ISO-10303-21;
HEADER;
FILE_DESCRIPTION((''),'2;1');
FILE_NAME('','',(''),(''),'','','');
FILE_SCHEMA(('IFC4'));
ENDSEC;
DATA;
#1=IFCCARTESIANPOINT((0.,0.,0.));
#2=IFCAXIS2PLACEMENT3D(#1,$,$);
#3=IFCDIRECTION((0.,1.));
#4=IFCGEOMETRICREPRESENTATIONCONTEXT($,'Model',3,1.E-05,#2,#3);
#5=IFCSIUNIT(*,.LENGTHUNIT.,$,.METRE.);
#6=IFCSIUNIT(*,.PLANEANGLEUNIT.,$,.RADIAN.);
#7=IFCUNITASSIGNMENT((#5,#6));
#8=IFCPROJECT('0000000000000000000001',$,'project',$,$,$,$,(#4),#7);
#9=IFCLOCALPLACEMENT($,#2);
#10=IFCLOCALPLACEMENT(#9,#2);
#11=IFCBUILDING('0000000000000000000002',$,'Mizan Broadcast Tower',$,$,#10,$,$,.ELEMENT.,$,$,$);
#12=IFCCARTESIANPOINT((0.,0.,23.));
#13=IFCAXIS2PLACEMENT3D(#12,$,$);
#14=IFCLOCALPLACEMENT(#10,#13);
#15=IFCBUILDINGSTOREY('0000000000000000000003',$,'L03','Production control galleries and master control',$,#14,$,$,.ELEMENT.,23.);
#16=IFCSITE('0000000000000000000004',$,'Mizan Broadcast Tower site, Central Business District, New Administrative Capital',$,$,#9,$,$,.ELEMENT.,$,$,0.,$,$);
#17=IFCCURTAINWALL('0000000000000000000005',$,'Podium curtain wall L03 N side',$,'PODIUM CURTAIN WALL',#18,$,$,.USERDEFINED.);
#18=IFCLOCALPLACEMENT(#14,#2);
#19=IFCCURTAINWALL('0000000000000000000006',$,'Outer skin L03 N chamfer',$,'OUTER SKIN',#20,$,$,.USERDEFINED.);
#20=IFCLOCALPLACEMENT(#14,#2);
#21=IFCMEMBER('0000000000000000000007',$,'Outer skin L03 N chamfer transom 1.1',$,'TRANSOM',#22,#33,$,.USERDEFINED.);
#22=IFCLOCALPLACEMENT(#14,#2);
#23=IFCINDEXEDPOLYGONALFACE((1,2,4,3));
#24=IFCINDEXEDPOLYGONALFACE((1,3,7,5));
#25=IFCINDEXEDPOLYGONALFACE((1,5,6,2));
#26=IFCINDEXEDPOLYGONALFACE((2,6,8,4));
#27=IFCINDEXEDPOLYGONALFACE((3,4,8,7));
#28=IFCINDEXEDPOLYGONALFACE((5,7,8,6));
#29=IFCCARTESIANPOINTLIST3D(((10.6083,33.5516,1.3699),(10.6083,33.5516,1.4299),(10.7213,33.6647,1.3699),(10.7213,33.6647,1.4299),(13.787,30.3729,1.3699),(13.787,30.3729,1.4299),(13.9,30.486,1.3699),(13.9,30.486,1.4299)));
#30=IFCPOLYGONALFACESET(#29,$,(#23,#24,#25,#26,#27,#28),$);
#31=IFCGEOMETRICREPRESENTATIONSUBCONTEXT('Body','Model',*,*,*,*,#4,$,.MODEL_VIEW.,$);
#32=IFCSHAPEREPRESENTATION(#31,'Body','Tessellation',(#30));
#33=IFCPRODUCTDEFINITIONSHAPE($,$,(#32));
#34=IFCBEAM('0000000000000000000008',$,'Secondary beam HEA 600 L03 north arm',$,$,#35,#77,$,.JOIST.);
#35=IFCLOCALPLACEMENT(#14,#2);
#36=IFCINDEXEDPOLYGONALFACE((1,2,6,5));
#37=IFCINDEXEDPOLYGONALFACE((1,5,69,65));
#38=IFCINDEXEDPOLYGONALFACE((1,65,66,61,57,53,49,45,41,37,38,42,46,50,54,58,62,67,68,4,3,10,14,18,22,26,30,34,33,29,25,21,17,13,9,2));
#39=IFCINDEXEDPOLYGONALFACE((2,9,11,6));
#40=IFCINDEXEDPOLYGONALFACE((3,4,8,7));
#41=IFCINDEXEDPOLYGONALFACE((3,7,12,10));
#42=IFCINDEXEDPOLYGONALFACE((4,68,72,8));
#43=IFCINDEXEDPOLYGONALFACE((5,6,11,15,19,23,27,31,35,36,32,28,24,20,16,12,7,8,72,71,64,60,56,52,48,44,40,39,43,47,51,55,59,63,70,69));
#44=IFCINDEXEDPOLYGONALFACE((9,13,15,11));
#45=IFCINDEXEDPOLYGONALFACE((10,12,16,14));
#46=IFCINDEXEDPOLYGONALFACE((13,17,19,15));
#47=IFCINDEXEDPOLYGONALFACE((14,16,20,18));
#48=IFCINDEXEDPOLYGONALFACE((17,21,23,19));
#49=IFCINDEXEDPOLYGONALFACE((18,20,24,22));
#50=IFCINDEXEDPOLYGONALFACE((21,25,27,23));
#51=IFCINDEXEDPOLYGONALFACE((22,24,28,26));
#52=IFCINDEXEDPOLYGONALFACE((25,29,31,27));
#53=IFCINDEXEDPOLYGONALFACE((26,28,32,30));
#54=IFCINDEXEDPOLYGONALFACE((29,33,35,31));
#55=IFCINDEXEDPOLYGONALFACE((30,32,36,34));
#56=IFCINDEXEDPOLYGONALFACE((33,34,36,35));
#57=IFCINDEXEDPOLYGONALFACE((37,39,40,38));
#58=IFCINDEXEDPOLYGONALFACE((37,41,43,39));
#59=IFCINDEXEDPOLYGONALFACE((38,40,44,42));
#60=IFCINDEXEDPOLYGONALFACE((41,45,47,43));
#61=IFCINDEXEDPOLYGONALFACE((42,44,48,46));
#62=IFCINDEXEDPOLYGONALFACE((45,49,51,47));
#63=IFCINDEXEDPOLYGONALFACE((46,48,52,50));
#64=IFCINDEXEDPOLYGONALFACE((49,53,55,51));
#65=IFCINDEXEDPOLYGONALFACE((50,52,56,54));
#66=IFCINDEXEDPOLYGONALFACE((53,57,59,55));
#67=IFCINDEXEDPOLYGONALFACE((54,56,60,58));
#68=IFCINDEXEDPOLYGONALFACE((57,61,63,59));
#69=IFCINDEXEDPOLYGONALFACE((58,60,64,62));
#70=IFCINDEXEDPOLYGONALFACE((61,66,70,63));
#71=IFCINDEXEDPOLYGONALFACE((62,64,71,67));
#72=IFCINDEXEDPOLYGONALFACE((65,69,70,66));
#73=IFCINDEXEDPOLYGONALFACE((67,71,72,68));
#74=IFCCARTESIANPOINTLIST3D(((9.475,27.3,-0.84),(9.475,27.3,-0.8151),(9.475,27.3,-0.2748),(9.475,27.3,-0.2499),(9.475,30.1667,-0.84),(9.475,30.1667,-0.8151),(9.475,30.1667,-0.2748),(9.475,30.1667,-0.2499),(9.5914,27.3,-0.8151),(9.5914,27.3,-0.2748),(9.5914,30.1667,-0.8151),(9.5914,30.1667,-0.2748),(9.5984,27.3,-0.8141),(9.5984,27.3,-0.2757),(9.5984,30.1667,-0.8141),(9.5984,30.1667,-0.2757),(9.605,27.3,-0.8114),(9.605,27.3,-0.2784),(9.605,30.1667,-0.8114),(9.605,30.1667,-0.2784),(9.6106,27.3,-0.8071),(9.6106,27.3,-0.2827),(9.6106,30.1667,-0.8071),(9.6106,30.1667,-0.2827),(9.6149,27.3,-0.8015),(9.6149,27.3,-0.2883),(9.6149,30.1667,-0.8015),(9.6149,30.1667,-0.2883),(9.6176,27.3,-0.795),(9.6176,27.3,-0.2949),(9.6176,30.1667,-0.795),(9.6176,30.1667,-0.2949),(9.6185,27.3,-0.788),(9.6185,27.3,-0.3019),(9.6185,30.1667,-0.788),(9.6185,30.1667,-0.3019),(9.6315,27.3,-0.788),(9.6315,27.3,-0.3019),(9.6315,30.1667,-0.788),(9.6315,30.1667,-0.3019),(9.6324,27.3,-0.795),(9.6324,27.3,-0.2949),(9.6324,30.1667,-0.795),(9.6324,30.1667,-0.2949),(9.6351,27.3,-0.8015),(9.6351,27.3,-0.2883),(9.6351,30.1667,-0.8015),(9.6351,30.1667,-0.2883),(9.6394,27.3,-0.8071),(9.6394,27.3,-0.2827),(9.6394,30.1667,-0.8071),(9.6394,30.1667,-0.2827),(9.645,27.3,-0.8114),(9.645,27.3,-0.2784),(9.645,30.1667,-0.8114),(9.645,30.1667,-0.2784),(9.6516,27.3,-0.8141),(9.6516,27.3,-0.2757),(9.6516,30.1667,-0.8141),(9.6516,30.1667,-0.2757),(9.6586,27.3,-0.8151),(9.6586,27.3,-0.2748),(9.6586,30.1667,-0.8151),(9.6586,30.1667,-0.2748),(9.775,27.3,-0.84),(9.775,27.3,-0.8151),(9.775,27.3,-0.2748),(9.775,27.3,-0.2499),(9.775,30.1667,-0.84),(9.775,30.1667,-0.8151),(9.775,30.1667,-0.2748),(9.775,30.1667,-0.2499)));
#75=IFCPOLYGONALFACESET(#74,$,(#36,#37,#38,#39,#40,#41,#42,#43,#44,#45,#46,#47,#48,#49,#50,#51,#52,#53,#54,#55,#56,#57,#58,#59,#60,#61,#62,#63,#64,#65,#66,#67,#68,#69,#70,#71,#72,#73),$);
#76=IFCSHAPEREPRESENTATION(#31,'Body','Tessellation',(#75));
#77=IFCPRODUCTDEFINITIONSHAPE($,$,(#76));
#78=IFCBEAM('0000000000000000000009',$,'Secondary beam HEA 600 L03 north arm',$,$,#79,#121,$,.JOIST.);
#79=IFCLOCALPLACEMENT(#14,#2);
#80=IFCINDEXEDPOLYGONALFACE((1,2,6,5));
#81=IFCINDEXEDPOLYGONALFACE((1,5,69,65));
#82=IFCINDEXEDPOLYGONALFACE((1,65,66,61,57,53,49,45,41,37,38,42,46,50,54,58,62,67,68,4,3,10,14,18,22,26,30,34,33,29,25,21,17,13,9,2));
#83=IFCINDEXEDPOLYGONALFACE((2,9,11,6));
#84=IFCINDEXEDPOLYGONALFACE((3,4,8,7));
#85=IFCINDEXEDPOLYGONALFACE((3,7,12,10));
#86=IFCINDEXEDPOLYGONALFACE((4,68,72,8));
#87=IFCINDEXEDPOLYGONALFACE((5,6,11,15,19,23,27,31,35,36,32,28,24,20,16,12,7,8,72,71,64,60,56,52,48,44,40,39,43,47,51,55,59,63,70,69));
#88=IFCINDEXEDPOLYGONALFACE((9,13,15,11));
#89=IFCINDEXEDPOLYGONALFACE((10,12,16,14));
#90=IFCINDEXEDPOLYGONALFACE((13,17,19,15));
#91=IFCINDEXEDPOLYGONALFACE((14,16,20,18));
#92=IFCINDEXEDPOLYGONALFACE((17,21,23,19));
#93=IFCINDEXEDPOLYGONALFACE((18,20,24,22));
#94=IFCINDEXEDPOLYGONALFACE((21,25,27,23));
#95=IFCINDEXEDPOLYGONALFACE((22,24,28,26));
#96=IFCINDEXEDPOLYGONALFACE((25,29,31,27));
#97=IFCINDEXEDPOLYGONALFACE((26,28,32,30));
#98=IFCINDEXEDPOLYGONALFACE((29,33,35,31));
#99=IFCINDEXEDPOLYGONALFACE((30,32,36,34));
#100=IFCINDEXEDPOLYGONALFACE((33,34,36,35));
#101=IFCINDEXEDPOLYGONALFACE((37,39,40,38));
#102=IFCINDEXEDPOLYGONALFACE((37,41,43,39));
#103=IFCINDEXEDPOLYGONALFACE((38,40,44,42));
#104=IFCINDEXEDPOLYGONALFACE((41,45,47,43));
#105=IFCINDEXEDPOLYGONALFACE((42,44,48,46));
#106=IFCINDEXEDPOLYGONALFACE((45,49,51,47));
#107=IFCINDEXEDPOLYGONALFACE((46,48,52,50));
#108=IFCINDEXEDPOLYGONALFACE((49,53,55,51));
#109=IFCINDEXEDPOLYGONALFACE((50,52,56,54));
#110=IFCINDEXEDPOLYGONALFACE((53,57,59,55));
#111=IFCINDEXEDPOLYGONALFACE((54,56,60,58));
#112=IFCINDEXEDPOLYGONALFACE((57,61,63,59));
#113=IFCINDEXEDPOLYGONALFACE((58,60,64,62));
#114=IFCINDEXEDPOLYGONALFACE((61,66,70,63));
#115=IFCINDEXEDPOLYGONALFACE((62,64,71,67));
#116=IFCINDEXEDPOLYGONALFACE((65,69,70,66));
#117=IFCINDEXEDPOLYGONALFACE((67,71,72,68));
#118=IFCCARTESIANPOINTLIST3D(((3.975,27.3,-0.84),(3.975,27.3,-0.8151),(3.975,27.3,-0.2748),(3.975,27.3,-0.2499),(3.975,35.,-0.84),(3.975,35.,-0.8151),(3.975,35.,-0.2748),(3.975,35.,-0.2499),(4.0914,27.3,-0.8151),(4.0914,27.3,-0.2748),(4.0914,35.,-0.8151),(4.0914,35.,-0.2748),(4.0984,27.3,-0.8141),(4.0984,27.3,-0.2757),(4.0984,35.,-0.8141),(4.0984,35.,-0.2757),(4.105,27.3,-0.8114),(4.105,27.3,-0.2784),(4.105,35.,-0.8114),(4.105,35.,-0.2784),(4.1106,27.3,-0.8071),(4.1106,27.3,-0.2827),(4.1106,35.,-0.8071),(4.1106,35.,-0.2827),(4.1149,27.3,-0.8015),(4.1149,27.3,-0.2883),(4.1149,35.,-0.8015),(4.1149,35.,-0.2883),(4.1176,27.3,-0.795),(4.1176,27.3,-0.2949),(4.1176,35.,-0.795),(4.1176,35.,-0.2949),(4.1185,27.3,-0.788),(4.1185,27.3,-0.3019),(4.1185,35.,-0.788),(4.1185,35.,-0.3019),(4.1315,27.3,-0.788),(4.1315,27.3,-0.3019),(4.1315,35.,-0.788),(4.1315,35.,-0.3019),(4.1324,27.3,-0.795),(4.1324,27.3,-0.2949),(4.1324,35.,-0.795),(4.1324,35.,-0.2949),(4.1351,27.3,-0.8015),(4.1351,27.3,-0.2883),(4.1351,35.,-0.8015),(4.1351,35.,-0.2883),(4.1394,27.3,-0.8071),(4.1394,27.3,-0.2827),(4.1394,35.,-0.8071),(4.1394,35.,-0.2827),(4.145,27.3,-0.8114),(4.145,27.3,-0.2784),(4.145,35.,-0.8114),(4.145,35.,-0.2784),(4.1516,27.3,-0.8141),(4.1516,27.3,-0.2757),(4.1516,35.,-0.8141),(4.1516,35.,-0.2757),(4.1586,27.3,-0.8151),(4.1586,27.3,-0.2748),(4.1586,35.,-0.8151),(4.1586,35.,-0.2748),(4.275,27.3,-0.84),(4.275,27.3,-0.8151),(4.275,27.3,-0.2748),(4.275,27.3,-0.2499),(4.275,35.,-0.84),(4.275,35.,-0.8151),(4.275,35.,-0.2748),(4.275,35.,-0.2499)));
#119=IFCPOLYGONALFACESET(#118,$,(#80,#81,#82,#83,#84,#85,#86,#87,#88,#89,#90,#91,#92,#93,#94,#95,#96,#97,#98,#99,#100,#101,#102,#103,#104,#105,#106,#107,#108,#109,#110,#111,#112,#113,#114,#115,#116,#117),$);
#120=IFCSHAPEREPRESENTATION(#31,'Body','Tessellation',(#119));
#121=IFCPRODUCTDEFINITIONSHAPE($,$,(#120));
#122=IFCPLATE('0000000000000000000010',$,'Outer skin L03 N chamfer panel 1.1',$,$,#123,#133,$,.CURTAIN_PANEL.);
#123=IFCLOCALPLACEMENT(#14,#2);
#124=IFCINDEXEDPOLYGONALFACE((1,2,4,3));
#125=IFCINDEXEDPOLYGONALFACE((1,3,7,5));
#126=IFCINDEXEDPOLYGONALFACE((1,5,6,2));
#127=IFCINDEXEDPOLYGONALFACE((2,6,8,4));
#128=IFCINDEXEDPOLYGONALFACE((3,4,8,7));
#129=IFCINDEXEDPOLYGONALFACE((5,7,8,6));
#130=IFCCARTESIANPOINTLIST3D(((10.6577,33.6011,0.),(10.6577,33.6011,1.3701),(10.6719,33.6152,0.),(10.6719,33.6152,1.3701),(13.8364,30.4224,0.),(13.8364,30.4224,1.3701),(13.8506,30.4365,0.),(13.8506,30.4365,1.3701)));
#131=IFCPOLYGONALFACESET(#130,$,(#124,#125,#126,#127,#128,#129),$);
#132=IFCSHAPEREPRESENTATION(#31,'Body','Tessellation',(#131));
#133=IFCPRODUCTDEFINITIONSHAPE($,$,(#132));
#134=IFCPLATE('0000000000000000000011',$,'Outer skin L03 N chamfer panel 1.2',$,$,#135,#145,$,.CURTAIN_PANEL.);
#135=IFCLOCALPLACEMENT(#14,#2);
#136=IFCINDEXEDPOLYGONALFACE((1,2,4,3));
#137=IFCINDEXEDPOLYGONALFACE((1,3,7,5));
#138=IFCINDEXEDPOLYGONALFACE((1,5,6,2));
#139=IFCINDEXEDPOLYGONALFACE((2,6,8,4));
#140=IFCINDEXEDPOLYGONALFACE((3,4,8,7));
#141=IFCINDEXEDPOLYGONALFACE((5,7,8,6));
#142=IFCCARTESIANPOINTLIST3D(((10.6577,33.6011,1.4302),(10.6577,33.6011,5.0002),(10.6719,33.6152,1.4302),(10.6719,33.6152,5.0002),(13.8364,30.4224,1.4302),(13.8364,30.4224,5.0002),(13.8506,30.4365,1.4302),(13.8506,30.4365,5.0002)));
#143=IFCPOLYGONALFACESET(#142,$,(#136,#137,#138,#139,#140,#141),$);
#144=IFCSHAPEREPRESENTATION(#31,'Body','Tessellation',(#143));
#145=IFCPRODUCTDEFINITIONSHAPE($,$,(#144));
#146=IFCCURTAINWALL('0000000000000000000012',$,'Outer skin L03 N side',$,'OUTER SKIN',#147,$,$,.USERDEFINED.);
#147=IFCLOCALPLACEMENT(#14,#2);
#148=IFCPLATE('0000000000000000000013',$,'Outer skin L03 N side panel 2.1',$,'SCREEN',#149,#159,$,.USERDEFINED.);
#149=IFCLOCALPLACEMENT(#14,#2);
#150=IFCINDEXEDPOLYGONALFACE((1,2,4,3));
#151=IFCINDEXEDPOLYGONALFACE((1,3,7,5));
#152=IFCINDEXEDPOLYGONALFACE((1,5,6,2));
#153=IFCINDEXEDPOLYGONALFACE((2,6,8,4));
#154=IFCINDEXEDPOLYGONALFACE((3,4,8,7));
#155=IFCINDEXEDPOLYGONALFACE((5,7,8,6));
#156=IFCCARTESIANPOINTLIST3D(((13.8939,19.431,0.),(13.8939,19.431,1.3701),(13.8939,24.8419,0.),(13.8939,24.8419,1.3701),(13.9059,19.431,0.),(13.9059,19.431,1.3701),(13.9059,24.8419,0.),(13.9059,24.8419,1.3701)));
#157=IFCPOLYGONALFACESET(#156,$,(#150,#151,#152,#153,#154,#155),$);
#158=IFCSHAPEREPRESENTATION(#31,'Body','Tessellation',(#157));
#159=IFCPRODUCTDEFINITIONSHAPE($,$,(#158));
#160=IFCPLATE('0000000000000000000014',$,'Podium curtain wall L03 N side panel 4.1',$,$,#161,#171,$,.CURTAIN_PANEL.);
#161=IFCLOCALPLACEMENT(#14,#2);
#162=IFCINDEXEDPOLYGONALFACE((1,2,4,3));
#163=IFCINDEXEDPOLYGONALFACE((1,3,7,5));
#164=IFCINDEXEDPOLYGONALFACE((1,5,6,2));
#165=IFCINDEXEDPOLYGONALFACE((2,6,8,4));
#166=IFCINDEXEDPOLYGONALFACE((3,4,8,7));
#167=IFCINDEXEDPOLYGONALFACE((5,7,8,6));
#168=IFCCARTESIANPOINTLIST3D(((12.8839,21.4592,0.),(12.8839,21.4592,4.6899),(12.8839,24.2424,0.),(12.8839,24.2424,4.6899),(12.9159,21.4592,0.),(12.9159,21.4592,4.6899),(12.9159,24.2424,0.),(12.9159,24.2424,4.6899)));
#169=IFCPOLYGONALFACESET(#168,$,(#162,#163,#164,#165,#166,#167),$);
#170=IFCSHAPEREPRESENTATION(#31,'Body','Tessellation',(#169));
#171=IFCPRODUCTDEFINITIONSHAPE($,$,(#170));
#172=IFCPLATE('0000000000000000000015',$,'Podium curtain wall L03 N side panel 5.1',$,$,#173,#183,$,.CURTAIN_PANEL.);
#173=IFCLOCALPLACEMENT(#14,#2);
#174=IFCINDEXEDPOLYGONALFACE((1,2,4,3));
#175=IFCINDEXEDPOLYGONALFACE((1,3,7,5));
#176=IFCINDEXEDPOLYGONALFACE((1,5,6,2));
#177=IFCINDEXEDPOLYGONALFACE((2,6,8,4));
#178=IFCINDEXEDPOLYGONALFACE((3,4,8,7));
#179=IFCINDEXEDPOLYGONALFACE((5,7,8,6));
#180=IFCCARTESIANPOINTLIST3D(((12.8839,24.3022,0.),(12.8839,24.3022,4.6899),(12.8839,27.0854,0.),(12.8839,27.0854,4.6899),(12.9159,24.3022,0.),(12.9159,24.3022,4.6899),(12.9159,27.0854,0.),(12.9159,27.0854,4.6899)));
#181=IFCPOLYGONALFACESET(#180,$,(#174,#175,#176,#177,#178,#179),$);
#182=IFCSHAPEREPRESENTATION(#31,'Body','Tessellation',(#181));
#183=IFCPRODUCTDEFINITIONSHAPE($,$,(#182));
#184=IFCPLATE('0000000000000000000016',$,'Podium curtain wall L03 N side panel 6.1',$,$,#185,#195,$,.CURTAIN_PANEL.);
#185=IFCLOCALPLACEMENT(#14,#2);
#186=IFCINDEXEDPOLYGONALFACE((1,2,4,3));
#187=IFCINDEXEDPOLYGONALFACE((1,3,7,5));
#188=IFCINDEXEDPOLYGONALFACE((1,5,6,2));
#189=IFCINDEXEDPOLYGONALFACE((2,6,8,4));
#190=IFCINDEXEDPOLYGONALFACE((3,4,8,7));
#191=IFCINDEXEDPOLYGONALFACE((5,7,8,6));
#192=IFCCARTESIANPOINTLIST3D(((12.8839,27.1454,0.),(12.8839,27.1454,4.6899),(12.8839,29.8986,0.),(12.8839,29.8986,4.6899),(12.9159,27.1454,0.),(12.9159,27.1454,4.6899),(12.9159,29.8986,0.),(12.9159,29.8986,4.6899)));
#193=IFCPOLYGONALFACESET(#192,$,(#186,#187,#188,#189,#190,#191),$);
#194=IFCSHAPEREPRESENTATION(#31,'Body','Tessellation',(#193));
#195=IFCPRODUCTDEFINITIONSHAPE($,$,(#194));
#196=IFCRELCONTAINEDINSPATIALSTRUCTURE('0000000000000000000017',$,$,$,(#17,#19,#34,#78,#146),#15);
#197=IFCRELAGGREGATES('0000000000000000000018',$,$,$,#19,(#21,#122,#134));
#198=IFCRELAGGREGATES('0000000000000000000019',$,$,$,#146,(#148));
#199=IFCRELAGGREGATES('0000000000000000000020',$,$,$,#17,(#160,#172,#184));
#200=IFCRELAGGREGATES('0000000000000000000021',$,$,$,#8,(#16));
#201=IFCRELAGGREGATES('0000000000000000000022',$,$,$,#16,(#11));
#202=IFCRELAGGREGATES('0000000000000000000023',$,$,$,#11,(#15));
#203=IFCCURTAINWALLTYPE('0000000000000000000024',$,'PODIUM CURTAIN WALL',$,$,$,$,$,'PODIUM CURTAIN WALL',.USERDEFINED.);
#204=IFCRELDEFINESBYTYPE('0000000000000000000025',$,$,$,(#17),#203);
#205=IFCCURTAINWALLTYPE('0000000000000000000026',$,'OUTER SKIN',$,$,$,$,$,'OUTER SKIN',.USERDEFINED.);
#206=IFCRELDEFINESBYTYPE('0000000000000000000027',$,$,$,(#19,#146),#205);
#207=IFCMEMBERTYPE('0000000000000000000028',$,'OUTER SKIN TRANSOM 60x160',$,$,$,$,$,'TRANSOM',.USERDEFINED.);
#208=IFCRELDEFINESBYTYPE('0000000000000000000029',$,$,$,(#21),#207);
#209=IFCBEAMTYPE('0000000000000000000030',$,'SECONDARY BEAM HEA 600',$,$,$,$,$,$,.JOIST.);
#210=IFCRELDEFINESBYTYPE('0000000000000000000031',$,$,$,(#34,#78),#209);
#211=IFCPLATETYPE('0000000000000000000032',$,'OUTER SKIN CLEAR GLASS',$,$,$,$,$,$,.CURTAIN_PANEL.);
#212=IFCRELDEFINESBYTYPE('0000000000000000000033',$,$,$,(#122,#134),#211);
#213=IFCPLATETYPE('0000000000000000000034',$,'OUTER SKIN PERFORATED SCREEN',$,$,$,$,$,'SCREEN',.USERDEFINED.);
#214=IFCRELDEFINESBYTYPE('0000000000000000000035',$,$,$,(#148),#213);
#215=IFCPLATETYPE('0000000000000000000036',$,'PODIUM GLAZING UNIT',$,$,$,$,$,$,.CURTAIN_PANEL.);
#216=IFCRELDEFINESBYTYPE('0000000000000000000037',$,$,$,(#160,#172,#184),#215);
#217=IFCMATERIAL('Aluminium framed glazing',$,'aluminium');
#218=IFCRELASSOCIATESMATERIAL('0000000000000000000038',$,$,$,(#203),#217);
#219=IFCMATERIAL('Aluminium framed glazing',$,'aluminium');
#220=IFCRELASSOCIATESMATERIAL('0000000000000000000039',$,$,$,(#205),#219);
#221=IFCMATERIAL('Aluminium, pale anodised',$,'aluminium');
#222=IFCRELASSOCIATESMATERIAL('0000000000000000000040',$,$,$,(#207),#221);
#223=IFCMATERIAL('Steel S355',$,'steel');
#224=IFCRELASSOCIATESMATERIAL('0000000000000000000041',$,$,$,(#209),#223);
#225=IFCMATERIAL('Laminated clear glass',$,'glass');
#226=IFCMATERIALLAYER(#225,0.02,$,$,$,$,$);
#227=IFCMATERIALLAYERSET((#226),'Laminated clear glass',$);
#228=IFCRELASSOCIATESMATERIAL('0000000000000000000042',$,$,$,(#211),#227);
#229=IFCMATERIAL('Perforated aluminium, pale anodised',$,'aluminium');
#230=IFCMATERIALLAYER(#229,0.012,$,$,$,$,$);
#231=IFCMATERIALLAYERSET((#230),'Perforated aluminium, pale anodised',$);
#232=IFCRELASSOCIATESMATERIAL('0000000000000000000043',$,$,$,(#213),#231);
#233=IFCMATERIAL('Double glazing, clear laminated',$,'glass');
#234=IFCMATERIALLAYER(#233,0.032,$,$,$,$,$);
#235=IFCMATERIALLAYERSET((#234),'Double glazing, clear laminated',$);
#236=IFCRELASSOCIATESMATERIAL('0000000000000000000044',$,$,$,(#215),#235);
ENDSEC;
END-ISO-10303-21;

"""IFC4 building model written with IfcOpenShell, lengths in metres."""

from ifc_helpers import new_model, si_unit, direction, frame, origin, origin_2d, place, context, subcontext, project, spatial, rectangle, i_section, extrude, material, layer, layer_set, material_profile, profile_set, type_object, element, aggregate, save


model = new_model("IFC4")

# Units and contexts
model_context = context("Model", 3, precision=1e-05, world=origin(), true_north=direction((0.0, 1.0)))
body_context = subcontext(model_context, "Body", "Model", "MODEL_VIEW")
ifc_project = project(units=[si_unit("LENGTHUNIT", "METRE"), si_unit("PLANEANGLEUNIT", "RADIAN")], contexts=[model_context])

# Site, building, storey
site_placement = place(None, origin())
site = spatial("IfcSite", under=ifc_project, at=site_placement, Name="Mizan Broadcast Tower site, Central Business District, New Administrative Capital", CompositionType="ELEMENT", RefElevation=0.0)
building_placement = place(site_placement, origin())
building = spatial("IfcBuilding", under=site, at=building_placement, Name="Mizan Broadcast Tower", CompositionType="ELEMENT")
storey_placement = place(building_placement, frame((0.0, 0.0, 23.0)))
storey = spatial("IfcBuildingStorey", under=building, at=storey_placement, Name="L03", Description="Production control galleries and master control", CompositionType="ELEMENT", Elevation=23.0)

# Curtain wall
ifc_material_1 = material(Name="Aluminium framed glazing", Category="aluminium")
curtain_wall_type_1 = type_object("IfcCurtainWallType", Name="PODIUM CURTAIN WALL", ElementType="PODIUM CURTAIN WALL", PredefinedType="USERDEFINED", material=ifc_material_1)
curtain_wall_1_placement = place(storey_placement, origin())
curtain_wall_1 = element("IfcCurtainWall", 1, at=curtain_wall_1_placement, inside=storey, type_object=curtain_wall_type_1, Name="Podium curtain wall L03 N side", ObjectType="PODIUM CURTAIN WALL", PredefinedType="USERDEFINED")

# Curtain wall, member
ifc_material_2 = material(Name="Aluminium framed glazing", Category="aluminium")
curtain_wall_type_2 = type_object("IfcCurtainWallType", Name="OUTER SKIN", ElementType="OUTER SKIN", PredefinedType="USERDEFINED", material=ifc_material_2)
curtain_wall_2_placement = place(storey_placement, origin())
curtain_wall_2 = element("IfcCurtainWall", 2, at=curtain_wall_2_placement, inside=storey, type_object=curtain_wall_type_2, Name="Outer skin L03 N chamfer", ObjectType="OUTER SKIN", PredefinedType="USERDEFINED")
ifc_material_3 = material(Name="Aluminium, pale anodised", Category="aluminium")
ifc_material_profile_1 = material_profile(ifc_material_3, rectangle(XDim=0.1599, YDim=0.0601, at=origin_2d()), Name="TRANSOM 160x60")
ifc_profile_set_1 = profile_set([ifc_material_profile_1], Name="Aluminium, pale anodised")
member_type_1 = type_object("IfcMemberType", Name="OUTER SKIN TRANSOM 60x160", ElementType="TRANSOM", PredefinedType="USERDEFINED", material=ifc_profile_set_1)
member_1_placement = place(storey_placement, frame((13.8435, 30.4294, 1.3999), z_axis=(-0.707107, 0.707107, 0.0), x_axis=(-0.707107, -0.707107, 0.0)))
member_1 = element("IfcMember", 3, at=member_1_placement, type_object=member_type_1, Name="Outer skin L03 N chamfer transom 1.1", ObjectType="TRANSOM", PredefinedType="USERDEFINED", context=body_context, shape_type="SweptSolid", body=[
    extrude(rectangle(XDim=0.1599, YDim=0.0601, at=origin_2d()), origin(), (0.0, 0.0, 1.0), 4.4954),
])

# Beams
ifc_material_4 = material(Name="Steel S355", Category="steel")
ifc_material_profile_2 = material_profile(ifc_material_4, i_section(OverallWidth=0.3, OverallDepth=0.5901, WebThickness=0.0129, FlangeThickness=0.0249, FilletRadius=0.0271, at=origin_2d()), Name="HEA 600")
ifc_profile_set_2 = profile_set([ifc_material_profile_2], Name="Steel S355")
beam_type_1 = type_object("IfcBeamType", Name="SECONDARY BEAM HEA 600", PredefinedType="JOIST", material=ifc_profile_set_2)
beam_1_placement = place(storey_placement, frame((9.625, 27.3, -0.5449), z_axis=(0.0, 1.0, 0.0), x_axis=(-1.0, 0.0, 0.0)))
element("IfcBeam", 4, at=beam_1_placement, inside=storey, type_object=beam_type_1, Name="Secondary beam HEA 600 L03 north arm", PredefinedType="JOIST", context=body_context, shape_type="SweptSolid", body=[
    extrude(i_section(OverallWidth=0.3, OverallDepth=0.5901, WebThickness=0.0129, FlangeThickness=0.0249, FilletRadius=0.0271, at=origin_2d()), origin(), (0.0, 0.0, 1.0), 2.8667),
])
beam_2_placement = place(storey_placement, frame((4.125, 27.3, -0.5449), z_axis=(0.0, 1.0, 0.0), x_axis=(-1.0, 0.0, 0.0)))
element("IfcBeam", 5, at=beam_2_placement, inside=storey, type_object=beam_type_1, Name="Secondary beam HEA 600 L03 north arm", PredefinedType="JOIST", context=body_context, shape_type="SweptSolid", body=[
    extrude(i_section(OverallWidth=0.3, OverallDepth=0.5901, WebThickness=0.0129, FlangeThickness=0.0249, FilletRadius=0.0271, at=origin_2d()), origin(), (0.0, 0.0, 1.0), 7.7),
])

# Plates
ifc_material_5 = material(Name="Laminated clear glass", Category="glass")
ifc_layer_1 = layer(ifc_material_5, 0.02)
ifc_layer_set_1 = layer_set([ifc_layer_1], Name="Laminated clear glass")
plate_type_1 = type_object("IfcPlateType", Name="OUTER SKIN CLEAR GLASS", PredefinedType="CURTAIN_PANEL", material=ifc_layer_set_1)
plate_1_placement = place(storey_placement, frame((12.2542, 32.0188, 0.0), z_axis=(0.0, 0.0, 1.0), x_axis=(-0.707107, 0.707107, 0.0)))
plate_1 = element("IfcPlate", 6, at=plate_1_placement, type_object=plate_type_1, Name="Outer skin L03 N chamfer panel 1.1", PredefinedType="CURTAIN_PANEL", context=body_context, shape_type="SweptSolid", body=[
    extrude(rectangle(XDim=4.4954, YDim=0.02, at=origin_2d()), origin(), (0.0, 0.0, 1.0), 1.3701),
])
plate_2_placement = place(storey_placement, frame((12.2542, 32.0188, 1.4302), z_axis=(0.0, 0.0, 1.0), x_axis=(-0.707107, 0.707107, 0.0)))
plate_2 = element("IfcPlate", 7, at=plate_2_placement, type_object=plate_type_1, Name="Outer skin L03 N chamfer panel 1.2", PredefinedType="CURTAIN_PANEL", context=body_context, shape_type="SweptSolid", body=[
    extrude(rectangle(XDim=4.4954, YDim=0.02, at=origin_2d()), origin(), (0.0, 0.0, 1.0), 3.5701),
])
aggregate(curtain_wall_2, [member_1, plate_1, plate_2])

# Curtain wall, plate
curtain_wall_3_placement = place(storey_placement, origin())
curtain_wall_3 = element("IfcCurtainWall", 8, at=curtain_wall_3_placement, inside=storey, type_object=curtain_wall_type_2, Name="Outer skin L03 N side", ObjectType="OUTER SKIN", PredefinedType="USERDEFINED")
ifc_material_6 = material(Name="Perforated aluminium, pale anodised", Category="aluminium")
ifc_layer_2 = layer(ifc_material_6, 0.012)
ifc_layer_set_2 = layer_set([ifc_layer_2], Name="Perforated aluminium, pale anodised")
plate_type_2 = type_object("IfcPlateType", Name="OUTER SKIN PERFORATED SCREEN", ElementType="SCREEN", PredefinedType="USERDEFINED", material=ifc_layer_set_2)
plate_3_placement = place(storey_placement, frame((13.8999, 22.1365, 0.0), z_axis=(0.0, 0.0, 1.0), x_axis=(0.0, 1.0, 0.0)))
plate_3 = element("IfcPlate", 9, at=plate_3_placement, type_object=plate_type_2, Name="Outer skin L03 N side panel 2.1", ObjectType="SCREEN", PredefinedType="USERDEFINED", context=body_context, shape_type="SweptSolid", body=[
    extrude(rectangle(XDim=5.4109, YDim=0.012, at=origin_2d()), origin(), (0.0, 0.0, 1.0), 1.3701),
])
aggregate(curtain_wall_3, [plate_3])

# Plates
ifc_material_7 = material(Name="Double glazing, clear laminated", Category="glass")
ifc_layer_3 = layer(ifc_material_7, 0.032)
ifc_layer_set_3 = layer_set([ifc_layer_3], Name="Double glazing, clear laminated")
plate_type_3 = type_object("IfcPlateType", Name="PODIUM GLAZING UNIT", PredefinedType="CURTAIN_PANEL", material=ifc_layer_set_3)
plate_4_placement = place(storey_placement, frame((12.8999, 22.8508, 0.0), z_axis=(0.0, 0.0, 1.0), x_axis=(0.0, 1.0, 0.0)))
plate_4 = element("IfcPlate", 10, at=plate_4_placement, type_object=plate_type_3, Name="Podium curtain wall L03 N side panel 4.1", PredefinedType="CURTAIN_PANEL", context=body_context, shape_type="SweptSolid", body=[
    extrude(rectangle(XDim=2.7832, YDim=0.032, at=origin_2d()), origin(), (0.0, 0.0, 1.0), 4.6899),
])
plate_5_placement = place(storey_placement, frame((12.8999, 25.6938, 0.0), z_axis=(0.0, 0.0, 1.0), x_axis=(0.0, 1.0, 0.0)))
plate_5 = element("IfcPlate", 11, at=plate_5_placement, type_object=plate_type_3, Name="Podium curtain wall L03 N side panel 5.1", PredefinedType="CURTAIN_PANEL", context=body_context, shape_type="SweptSolid", body=[
    extrude(rectangle(XDim=2.7832, YDim=0.032, at=origin_2d()), origin(), (0.0, 0.0, 1.0), 4.6899),
])
plate_6_placement = place(storey_placement, frame((12.8999, 28.522, 0.0), z_axis=(0.0, 0.0, 1.0), x_axis=(0.0, 1.0, 0.0)))
plate_6 = element("IfcPlate", 12, at=plate_6_placement, type_object=plate_type_3, Name="Podium curtain wall L03 N side panel 6.1", PredefinedType="CURTAIN_PANEL", context=body_context, shape_type="SweptSolid", body=[
    extrude(rectangle(XDim=2.7532, YDim=0.032, at=origin_2d()), origin(), (0.0, 0.0, 1.0), 4.6899),
])
aggregate(curtain_wall_1, [plate_4, plate_5, plate_6])

save(model, "model.ifc")
